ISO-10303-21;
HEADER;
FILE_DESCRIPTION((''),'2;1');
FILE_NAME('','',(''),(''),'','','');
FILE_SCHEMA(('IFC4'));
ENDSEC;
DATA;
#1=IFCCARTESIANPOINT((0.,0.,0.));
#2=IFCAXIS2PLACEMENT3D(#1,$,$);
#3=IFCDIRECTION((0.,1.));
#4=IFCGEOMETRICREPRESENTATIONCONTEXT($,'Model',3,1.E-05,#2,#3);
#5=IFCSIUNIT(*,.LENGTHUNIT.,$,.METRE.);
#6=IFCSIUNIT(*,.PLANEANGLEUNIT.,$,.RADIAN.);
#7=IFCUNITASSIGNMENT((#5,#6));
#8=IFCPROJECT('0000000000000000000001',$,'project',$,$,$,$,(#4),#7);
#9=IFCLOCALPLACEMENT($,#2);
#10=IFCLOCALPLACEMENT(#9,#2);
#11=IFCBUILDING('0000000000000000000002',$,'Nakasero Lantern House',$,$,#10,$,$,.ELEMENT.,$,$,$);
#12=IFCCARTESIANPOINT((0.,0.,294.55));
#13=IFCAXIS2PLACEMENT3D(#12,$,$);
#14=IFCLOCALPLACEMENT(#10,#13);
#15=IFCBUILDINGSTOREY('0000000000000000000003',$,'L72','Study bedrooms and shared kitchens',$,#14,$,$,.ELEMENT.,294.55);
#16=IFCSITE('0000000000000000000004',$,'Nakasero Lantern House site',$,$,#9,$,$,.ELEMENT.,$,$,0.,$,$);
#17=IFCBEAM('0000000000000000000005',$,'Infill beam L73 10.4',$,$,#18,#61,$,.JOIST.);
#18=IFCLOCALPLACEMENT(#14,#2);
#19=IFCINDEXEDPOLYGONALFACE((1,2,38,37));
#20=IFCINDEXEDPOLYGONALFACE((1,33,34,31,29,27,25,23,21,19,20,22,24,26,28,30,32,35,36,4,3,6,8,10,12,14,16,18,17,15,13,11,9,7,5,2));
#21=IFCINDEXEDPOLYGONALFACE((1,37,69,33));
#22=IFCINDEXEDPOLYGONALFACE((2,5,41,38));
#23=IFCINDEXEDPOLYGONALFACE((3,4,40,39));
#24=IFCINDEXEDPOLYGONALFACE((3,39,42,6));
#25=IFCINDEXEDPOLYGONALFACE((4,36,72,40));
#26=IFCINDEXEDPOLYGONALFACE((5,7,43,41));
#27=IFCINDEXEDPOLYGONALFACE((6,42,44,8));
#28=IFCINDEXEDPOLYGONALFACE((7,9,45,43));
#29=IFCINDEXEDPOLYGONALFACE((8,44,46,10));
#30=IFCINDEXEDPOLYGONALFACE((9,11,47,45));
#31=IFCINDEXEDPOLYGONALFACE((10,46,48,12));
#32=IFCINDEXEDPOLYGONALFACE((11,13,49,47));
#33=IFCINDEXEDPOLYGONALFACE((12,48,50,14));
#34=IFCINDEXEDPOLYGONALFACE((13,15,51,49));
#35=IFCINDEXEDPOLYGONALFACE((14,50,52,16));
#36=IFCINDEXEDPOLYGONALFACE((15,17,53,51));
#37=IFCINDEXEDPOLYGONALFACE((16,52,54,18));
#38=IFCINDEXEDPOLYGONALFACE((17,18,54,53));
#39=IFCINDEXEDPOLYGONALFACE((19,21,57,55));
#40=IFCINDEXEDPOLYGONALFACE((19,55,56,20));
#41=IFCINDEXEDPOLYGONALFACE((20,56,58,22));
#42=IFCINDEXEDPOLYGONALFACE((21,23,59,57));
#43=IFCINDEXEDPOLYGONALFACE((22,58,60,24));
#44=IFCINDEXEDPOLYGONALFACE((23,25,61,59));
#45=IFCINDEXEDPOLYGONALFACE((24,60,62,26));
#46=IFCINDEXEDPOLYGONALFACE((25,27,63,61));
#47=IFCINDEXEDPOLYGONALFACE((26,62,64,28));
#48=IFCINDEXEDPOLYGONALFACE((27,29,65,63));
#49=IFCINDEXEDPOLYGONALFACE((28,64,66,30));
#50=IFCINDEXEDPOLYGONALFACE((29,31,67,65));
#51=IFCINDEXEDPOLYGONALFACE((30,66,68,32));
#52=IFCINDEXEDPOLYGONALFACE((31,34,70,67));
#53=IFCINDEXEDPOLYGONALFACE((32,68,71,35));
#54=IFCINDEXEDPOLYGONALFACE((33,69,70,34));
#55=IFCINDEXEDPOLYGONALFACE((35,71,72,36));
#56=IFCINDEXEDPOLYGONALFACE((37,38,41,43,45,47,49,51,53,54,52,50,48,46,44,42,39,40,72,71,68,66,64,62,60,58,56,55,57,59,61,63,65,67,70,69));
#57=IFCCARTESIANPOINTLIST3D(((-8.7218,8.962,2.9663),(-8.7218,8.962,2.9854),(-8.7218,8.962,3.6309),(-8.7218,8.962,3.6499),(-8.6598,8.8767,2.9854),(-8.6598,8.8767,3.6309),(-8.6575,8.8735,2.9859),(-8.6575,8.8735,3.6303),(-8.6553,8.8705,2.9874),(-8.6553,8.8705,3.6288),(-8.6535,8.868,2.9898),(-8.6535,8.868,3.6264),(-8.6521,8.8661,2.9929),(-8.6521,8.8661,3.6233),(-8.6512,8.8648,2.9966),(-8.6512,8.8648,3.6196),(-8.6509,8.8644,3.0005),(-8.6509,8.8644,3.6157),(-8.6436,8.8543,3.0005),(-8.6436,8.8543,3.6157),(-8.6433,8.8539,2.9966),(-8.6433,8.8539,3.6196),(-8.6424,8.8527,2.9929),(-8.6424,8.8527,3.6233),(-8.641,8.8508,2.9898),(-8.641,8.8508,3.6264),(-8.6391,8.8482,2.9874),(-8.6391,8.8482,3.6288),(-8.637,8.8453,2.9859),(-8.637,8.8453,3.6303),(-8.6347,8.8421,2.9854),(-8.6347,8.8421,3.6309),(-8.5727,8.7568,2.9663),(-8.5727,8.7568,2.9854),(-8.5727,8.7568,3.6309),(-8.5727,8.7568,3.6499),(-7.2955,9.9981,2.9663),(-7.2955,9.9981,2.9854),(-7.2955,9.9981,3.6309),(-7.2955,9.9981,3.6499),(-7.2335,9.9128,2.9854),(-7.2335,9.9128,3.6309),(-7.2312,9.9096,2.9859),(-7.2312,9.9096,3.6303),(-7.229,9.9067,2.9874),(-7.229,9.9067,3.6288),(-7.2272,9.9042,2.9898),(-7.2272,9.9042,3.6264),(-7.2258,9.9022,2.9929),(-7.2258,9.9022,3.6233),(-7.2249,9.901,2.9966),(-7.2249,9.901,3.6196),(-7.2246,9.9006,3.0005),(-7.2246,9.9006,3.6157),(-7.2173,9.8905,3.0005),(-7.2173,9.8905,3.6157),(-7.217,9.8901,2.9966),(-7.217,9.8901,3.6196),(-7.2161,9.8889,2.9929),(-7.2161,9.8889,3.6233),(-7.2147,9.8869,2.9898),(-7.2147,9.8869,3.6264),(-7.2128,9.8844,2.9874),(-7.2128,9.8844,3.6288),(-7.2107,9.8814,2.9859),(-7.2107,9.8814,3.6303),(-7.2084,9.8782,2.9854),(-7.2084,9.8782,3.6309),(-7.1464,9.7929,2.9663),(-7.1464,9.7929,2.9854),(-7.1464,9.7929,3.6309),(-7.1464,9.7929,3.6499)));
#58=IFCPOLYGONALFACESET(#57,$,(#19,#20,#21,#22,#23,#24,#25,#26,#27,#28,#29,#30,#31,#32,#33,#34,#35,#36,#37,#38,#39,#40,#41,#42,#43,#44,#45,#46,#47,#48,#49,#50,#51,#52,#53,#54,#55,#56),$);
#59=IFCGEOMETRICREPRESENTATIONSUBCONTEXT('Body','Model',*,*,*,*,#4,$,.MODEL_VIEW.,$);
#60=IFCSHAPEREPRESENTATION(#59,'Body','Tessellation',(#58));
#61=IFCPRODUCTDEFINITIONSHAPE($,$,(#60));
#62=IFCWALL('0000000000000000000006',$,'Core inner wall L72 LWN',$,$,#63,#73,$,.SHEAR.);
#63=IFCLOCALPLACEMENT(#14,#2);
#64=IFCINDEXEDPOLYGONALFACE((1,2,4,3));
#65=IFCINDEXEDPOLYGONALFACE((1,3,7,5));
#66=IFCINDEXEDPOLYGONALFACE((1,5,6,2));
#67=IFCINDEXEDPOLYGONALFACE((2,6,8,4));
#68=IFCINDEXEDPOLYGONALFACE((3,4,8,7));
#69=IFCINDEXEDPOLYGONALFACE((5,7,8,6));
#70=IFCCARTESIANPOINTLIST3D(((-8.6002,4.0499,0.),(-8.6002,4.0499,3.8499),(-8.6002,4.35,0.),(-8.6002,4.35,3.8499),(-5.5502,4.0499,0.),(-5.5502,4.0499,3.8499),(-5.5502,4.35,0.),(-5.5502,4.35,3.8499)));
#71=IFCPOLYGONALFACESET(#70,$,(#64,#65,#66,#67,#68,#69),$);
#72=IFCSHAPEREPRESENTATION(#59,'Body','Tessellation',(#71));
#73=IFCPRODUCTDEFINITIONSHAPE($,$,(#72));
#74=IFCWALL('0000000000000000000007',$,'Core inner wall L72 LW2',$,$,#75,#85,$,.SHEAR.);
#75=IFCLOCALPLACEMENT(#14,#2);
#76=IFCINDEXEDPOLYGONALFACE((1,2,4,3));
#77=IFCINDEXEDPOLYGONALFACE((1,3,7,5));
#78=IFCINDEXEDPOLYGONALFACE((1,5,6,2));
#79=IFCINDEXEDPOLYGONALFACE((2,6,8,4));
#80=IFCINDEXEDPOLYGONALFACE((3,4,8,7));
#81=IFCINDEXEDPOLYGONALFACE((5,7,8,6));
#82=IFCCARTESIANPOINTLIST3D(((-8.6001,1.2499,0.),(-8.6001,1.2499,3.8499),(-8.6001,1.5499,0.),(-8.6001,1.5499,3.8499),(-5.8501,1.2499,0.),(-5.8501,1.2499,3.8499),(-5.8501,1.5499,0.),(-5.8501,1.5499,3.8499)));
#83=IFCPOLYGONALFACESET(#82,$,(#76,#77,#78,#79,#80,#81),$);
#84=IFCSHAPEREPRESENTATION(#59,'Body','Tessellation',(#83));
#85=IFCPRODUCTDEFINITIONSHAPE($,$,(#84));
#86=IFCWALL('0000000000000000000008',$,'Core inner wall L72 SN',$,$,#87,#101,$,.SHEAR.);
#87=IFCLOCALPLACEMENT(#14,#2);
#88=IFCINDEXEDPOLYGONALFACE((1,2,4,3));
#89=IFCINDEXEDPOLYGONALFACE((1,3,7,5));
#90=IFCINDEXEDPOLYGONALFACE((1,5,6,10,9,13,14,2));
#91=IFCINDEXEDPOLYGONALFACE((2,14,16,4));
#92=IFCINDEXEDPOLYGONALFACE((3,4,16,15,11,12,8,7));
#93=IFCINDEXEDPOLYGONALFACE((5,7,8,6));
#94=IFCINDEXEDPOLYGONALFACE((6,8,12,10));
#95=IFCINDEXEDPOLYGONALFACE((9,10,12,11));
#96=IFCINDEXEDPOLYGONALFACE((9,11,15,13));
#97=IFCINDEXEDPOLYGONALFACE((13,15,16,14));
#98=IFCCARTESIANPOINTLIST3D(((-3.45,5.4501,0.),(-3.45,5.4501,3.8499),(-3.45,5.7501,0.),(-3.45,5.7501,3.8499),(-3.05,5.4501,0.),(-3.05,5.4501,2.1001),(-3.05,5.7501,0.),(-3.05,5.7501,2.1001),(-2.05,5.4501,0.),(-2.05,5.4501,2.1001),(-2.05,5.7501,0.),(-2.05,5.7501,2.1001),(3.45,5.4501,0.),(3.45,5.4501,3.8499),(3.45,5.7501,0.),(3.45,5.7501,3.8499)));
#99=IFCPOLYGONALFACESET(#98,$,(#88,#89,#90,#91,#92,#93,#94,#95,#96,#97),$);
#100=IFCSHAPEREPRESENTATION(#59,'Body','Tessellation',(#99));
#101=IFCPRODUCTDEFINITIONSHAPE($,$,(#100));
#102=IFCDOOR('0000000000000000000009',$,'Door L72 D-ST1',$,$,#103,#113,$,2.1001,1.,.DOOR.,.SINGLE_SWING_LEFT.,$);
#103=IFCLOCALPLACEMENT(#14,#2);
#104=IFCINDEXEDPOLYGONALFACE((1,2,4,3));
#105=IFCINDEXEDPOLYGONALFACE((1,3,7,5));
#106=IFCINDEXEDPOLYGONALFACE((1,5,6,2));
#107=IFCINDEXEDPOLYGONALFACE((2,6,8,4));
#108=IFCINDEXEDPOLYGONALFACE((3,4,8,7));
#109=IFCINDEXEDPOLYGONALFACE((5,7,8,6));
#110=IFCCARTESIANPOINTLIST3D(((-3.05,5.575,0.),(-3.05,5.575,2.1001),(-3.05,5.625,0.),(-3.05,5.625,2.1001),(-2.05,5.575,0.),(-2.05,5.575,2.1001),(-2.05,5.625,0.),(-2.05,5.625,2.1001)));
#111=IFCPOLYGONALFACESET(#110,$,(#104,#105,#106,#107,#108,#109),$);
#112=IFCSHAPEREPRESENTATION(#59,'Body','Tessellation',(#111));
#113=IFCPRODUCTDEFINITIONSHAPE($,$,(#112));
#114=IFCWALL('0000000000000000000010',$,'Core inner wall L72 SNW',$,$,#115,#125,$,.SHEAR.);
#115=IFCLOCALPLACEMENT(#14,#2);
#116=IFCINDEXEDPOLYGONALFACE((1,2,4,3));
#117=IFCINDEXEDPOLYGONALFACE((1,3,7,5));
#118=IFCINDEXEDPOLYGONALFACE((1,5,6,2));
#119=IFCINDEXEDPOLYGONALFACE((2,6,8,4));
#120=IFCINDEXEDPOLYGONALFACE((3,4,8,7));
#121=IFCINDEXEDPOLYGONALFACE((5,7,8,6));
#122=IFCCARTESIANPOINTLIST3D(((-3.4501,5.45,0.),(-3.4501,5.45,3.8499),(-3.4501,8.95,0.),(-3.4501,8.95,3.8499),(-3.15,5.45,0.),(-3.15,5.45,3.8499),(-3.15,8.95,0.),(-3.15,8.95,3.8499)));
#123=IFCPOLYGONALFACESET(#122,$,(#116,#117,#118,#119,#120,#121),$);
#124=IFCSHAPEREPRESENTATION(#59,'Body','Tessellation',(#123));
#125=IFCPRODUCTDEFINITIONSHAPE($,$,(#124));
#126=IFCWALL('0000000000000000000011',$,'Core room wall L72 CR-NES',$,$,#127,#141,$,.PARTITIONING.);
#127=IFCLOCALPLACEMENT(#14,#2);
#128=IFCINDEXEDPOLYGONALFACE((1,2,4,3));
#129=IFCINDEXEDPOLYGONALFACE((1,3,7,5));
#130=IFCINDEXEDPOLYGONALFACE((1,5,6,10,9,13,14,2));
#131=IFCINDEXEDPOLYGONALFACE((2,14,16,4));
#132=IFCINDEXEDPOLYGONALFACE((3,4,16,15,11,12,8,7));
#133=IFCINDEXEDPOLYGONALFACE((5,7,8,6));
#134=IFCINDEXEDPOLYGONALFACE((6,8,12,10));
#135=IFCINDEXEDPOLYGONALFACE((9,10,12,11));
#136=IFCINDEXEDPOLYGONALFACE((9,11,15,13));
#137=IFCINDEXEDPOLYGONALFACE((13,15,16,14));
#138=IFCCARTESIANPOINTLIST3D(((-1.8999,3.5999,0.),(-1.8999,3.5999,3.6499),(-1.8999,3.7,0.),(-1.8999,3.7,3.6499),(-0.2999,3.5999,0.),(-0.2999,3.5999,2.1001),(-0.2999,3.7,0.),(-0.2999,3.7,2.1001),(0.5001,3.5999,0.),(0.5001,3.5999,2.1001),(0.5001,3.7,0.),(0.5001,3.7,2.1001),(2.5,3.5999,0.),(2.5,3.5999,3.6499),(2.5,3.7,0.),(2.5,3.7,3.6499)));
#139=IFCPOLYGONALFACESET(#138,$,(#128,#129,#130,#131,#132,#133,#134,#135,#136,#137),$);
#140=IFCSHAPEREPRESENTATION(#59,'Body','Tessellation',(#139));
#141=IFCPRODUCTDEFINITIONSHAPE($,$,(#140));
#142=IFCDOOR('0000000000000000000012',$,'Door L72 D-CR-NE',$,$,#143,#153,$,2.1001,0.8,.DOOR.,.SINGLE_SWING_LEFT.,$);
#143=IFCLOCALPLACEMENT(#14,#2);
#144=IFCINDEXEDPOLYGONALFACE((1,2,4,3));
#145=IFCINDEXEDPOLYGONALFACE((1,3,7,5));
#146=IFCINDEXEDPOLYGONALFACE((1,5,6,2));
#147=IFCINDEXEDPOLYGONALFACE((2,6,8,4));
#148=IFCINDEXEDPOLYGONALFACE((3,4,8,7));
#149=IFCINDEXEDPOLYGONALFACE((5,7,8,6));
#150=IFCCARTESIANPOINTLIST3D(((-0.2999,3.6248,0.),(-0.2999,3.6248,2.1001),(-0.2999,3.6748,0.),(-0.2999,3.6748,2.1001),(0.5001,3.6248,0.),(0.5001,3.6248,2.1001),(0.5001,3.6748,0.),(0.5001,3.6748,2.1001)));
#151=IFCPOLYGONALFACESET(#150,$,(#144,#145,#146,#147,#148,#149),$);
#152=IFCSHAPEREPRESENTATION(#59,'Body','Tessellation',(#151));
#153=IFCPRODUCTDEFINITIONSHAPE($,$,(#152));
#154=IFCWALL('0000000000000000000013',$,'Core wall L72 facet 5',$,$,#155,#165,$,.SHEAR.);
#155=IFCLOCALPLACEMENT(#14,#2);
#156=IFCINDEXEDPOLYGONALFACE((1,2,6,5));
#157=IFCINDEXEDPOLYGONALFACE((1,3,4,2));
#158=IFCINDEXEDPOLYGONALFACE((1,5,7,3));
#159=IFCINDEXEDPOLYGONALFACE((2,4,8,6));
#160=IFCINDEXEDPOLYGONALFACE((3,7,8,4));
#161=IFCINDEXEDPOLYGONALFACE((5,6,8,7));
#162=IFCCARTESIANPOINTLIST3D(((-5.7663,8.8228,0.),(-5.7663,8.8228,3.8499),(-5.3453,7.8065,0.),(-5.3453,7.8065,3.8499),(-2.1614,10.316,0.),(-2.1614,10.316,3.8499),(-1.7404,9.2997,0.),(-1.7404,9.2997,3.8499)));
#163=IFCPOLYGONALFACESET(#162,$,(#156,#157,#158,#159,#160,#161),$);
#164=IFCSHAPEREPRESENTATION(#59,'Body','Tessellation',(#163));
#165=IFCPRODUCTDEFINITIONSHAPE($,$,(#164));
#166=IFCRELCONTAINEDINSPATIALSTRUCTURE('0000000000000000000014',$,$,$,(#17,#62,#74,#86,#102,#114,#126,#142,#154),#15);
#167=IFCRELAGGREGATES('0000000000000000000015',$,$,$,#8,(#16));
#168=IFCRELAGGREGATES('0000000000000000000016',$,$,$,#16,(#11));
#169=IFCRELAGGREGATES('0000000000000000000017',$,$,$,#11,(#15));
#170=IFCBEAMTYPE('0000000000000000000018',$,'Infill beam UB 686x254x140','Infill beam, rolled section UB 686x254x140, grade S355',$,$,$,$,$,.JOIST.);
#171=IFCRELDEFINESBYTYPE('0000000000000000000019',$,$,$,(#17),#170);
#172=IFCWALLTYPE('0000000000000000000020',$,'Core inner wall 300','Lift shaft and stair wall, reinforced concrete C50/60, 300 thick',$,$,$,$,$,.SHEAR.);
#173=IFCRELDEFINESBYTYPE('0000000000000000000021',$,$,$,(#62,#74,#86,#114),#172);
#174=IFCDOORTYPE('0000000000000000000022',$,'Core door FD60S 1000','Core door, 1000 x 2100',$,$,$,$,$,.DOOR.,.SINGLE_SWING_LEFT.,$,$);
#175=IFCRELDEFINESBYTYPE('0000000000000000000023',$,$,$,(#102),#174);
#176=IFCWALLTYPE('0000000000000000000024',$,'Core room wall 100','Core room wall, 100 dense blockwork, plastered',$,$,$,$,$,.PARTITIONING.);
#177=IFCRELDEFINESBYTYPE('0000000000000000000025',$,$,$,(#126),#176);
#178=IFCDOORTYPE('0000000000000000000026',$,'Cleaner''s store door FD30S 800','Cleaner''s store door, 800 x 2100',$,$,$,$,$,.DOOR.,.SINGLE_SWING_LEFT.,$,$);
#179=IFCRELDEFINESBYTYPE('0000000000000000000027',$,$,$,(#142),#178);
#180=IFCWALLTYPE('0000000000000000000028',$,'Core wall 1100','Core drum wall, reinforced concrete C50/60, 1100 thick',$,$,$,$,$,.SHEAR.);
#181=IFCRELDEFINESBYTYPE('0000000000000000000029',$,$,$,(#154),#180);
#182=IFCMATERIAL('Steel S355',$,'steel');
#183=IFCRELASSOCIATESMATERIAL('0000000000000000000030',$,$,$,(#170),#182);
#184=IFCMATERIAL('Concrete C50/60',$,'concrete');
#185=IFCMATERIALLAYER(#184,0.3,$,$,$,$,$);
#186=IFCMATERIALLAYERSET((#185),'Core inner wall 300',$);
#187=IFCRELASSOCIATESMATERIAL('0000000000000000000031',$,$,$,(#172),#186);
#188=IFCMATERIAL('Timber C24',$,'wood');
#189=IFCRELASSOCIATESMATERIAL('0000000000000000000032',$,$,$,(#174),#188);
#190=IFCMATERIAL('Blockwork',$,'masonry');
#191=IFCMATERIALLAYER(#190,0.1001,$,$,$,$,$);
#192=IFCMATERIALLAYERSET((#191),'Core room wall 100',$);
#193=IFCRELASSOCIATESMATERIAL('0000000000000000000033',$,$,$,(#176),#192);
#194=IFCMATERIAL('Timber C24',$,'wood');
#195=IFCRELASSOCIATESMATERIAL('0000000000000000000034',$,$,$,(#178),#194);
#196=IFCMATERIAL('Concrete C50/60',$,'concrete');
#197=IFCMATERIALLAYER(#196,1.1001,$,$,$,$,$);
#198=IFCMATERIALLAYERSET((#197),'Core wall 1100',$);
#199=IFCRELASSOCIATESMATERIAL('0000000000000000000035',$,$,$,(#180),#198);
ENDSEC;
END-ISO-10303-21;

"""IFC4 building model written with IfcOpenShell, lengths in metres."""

from ifc_helpers import new_model, si_unit, direction, frame, frame_2d, origin, origin_2d, place, context, subcontext, project, spatial, rectangle, i_section, extrude, material, layer, layer_set, material_profile, profile_set, type_object, element, fill, save


model = new_model("IFC4")

# Units and contexts
model_context = context("Model", 3, precision=1e-05, world=origin(), true_north=direction((0.0, 1.0)))
body_context = subcontext(model_context, "Body", "Model", "MODEL_VIEW")
ifc_project = project(units=[si_unit("LENGTHUNIT", "METRE"), si_unit("PLANEANGLEUNIT", "RADIAN")], contexts=[model_context])

# Site, building, storey
site_placement = place(None, origin())
site = spatial("IfcSite", under=ifc_project, at=site_placement, Name="Nakasero Lantern House site", CompositionType="ELEMENT", RefElevation=0.0)
building_placement = place(site_placement, origin())
building = spatial("IfcBuilding", under=site, at=building_placement, Name="Nakasero Lantern House", CompositionType="ELEMENT")
storey_placement = place(building_placement, frame((0.0, 0.0, 294.55)))
storey = spatial("IfcBuildingStorey", under=building, at=storey_placement, Name="L72", Description="Study bedrooms and shared kitchens", CompositionType="ELEMENT", Elevation=294.55)

# Beam
ifc_material_1 = material(Name="Steel S355", Category="steel")
ifc_material_profile = material_profile(ifc_material_1, i_section(OverallWidth=0.2537, OverallDepth=0.6836, WebThickness=0.0125, FlangeThickness=0.019, FilletRadius=0.0151, at=origin_2d()), Name="UB 686x254x140")
ifc_profile_set = profile_set([ifc_material_profile], Name="Steel S355")
beam_type = type_object("IfcBeamType", Name="Infill beam UB 686x254x140", Description="Infill beam, rolled section UB 686x254x140, grade S355", PredefinedType="JOIST", material=ifc_profile_set)
beam_placement = place(storey_placement, frame((-8.6472, 8.8594, 3.3081), z_axis=(0.809047, 0.587743, 0.0), x_axis=(-0.587743, 0.809047, 0.0)))
element("IfcBeam", 1, at=beam_placement, inside=storey, type_object=beam_type, Name="Infill beam L73 10.4", PredefinedType="JOIST", context=body_context, shape_type="SweptSolid", body=[
    extrude(i_section(OverallWidth=0.2537, OverallDepth=0.6836, WebThickness=0.0125, FlangeThickness=0.019, FilletRadius=0.0151, at=origin_2d()), origin(), (0.0, 0.0, 1.0), 1.7629),
])

# Walls
ifc_material_2 = material(Name="Concrete C50/60", Category="concrete")
ifc_layer_1 = layer(ifc_material_2, 0.3)
ifc_layer_set_1 = layer_set([ifc_layer_1], Name="Core inner wall 300")
wall_type_1 = type_object("IfcWallType", Name="Core inner wall 300", Description="Lift shaft and stair wall, reinforced concrete C50/60, 300 thick", PredefinedType="SHEAR", material=ifc_layer_set_1)
wall_1_placement = place(storey_placement, frame((-8.6001, 4.2, 0.0), z_axis=(0.0, 0.0, 1.0), x_axis=(1.0, 0.0, 0.0)))
element("IfcWall", 2, at=wall_1_placement, inside=storey, type_object=wall_type_1, Name="Core inner wall L72 LWN", PredefinedType="SHEAR", context=body_context, shape_type="SweptSolid", body=[
    extrude(rectangle(XDim=3.05, YDim=0.3, at=frame_2d((1.5249, 0.0))), origin(), (0.0, 0.0, 1.0), 3.8499),
])
wall_2_placement = place(storey_placement, frame((-8.6001, 1.3999, 0.0), z_axis=(0.0, 0.0, 1.0), x_axis=(1.0, 0.0, 0.0)))
element("IfcWall", 3, at=wall_2_placement, inside=storey, type_object=wall_type_1, Name="Core inner wall L72 LW2", PredefinedType="SHEAR", context=body_context, shape_type="SweptSolid", body=[
    extrude(rectangle(XDim=2.75, YDim=0.3, at=frame_2d((1.375, 0.0))), origin(), (0.0, 0.0, 1.0), 3.8499),
])

# Wall, opening, door
wall_3_placement = place(storey_placement, frame((-3.45, 5.6001, 0.0), z_axis=(0.0, 0.0, 1.0), x_axis=(1.0, 0.0, 0.0)))
wall_3 = element("IfcWall", 4, at=wall_3_placement, inside=storey, type_object=wall_type_1, Name="Core inner wall L72 SN", PredefinedType="SHEAR", context=body_context, shape_type="SweptSolid", body=[
    extrude(rectangle(XDim=6.8999, YDim=0.3, at=frame_2d((3.45, 0.0))), origin(), (0.0, 0.0, 1.0), 3.8499),
])
opening_1_placement = place(wall_3_placement, frame((0.3999, 0.0, 0.0)))
opening_1 = element("IfcOpeningElement", 5, at=opening_1_placement, cuts=wall_3, PredefinedType="OPENING", context=body_context, shape_type="SweptSolid", body=[
    extrude(rectangle(XDim=1.0, YDim=2.1001, at=frame_2d((0.5, 1.05))), frame((0.0, 0.1699, 0.0), z_axis=(0.0, -1.0, 0.0), x_axis=(1.0, 0.0, 0.0)), (0.0, 0.0, 1.0), 0.3401),
])
ifc_material_3 = material(Name="Timber C24", Category="wood")
door_type_1 = type_object("IfcDoorType", Name="Core door FD60S 1000", Description="Core door, 1000 x 2100", OperationType="SINGLE_SWING_LEFT", PredefinedType="DOOR", material=ifc_material_3)
door_1_placement = place(opening_1_placement, origin())
door_1 = element("IfcDoor", 6, at=door_1_placement, inside=storey, type_object=door_type_1, Name="Door L72 D-ST1", OperationType="SINGLE_SWING_LEFT", OverallHeight=2.1001, OverallWidth=1.0, PredefinedType="DOOR", context=body_context, shape_type="SweptSolid", body=[
    extrude(rectangle(XDim=1.0, YDim=2.1001, at=frame_2d((0.5, 1.05))), frame((0.0, 0.0249, 0.0), z_axis=(0.0, -1.0, 0.0), x_axis=(1.0, 0.0, 0.0)), (0.0, 0.0, 1.0), 0.05),
])
fill(opening_1, door_1)

# Wall
wall_4_placement = place(storey_placement, frame((-3.3, 5.45, 0.0), z_axis=(0.0, 0.0, 1.0), x_axis=(0.0, 1.0, 0.0)))
element("IfcWall", 7, at=wall_4_placement, inside=storey, type_object=wall_type_1, Name="Core inner wall L72 SNW", PredefinedType="SHEAR", context=body_context, shape_type="SweptSolid", body=[
    extrude(rectangle(XDim=3.5, YDim=0.3, at=frame_2d((1.75, 0.0))), origin(), (0.0, 0.0, 1.0), 3.8499),
])

# Wall, opening, door
ifc_material_4 = material(Name="Blockwork", Category="masonry")
ifc_layer_2 = layer(ifc_material_4, 0.1001)
ifc_layer_set_2 = layer_set([ifc_layer_2], Name="Core room wall 100")
wall_type_2 = type_object("IfcWallType", Name="Core room wall 100", Description="Core room wall, 100 dense blockwork, plastered", PredefinedType="PARTITIONING", material=ifc_layer_set_2)
wall_5_placement = place(storey_placement, frame((-1.8999, 3.6499, 0.0), z_axis=(0.0, 0.0, 1.0), x_axis=(1.0, 0.0, 0.0)))
wall_5 = element("IfcWall", 8, at=wall_5_placement, inside=storey, type_object=wall_type_2, Name="Core room wall L72 CR-NES", PredefinedType="PARTITIONING", context=body_context, shape_type="SweptSolid", body=[
    extrude(rectangle(XDim=4.3999, YDim=0.1001, at=frame_2d((2.2, 0.0))), origin(), (0.0, 0.0, 1.0), 3.6499),
])
opening_2_placement = place(wall_5_placement, frame((1.6001, 0.0, 0.0)))
opening_2 = element("IfcOpeningElement", 9, at=opening_2_placement, cuts=wall_5, PredefinedType="OPENING", context=body_context, shape_type="SweptSolid", body=[
    extrude(rectangle(XDim=0.8, YDim=2.1001, at=frame_2d((0.3999, 1.05))), frame((0.0, 0.0701, 0.0), z_axis=(0.0, -1.0, 0.0), x_axis=(1.0, 0.0, 0.0)), (0.0, 0.0, 1.0), 0.1401),
])
ifc_material_5 = material(Name="Timber C24", Category="wood")
door_type_2 = type_object("IfcDoorType", Name="Cleaner's store door FD30S 800", Description="Cleaner's store door, 800 x 2100", OperationType="SINGLE_SWING_LEFT", PredefinedType="DOOR", material=ifc_material_5)
door_2_placement = place(opening_2_placement, origin())
door_2 = element("IfcDoor", 10, at=door_2_placement, inside=storey, type_object=door_type_2, Name="Door L72 D-CR-NE", OperationType="SINGLE_SWING_LEFT", OverallHeight=2.1001, OverallWidth=0.8, PredefinedType="DOOR", context=body_context, shape_type="SweptSolid", body=[
    extrude(rectangle(XDim=0.8, YDim=2.1001, at=frame_2d((0.3999, 1.05))), frame((0.0, 0.0249, 0.0), z_axis=(0.0, -1.0, 0.0), x_axis=(1.0, 0.0, 0.0)), (0.0, 0.0, 1.0), 0.05),
])
fill(opening_2, door_2)

# Wall
ifc_material_6 = material(Name="Concrete C50/60", Category="concrete")
ifc_layer_3 = layer(ifc_material_6, 1.1001)
ifc_layer_set_3 = layer_set([ifc_layer_3], Name="Core wall 1100")
wall_type_3 = type_object("IfcWallType", Name="Core wall 1100", Description="Core drum wall, reinforced concrete C50/60, 1100 thick", PredefinedType="SHEAR", material=ifc_layer_set_3)
wall_6_placement = place(storey_placement, frame((-1.9509, 9.8079, 0.0), z_axis=(0.0, 0.0, 1.0), x_axis=(-0.923877, -0.382691, 0.0)))
element("IfcWall", 11, at=wall_6_placement, inside=storey, type_object=wall_type_3, Name="Core wall L72 facet 5", PredefinedType="SHEAR", context=body_context, shape_type="SweptSolid", body=[
    extrude(rectangle(XDim=3.9019, YDim=1.1001, at=frame_2d((1.9509, 0.0))), origin(), (0.0, 0.0, 1.0), 3.8499),
])

save(model, "model.ifc")
